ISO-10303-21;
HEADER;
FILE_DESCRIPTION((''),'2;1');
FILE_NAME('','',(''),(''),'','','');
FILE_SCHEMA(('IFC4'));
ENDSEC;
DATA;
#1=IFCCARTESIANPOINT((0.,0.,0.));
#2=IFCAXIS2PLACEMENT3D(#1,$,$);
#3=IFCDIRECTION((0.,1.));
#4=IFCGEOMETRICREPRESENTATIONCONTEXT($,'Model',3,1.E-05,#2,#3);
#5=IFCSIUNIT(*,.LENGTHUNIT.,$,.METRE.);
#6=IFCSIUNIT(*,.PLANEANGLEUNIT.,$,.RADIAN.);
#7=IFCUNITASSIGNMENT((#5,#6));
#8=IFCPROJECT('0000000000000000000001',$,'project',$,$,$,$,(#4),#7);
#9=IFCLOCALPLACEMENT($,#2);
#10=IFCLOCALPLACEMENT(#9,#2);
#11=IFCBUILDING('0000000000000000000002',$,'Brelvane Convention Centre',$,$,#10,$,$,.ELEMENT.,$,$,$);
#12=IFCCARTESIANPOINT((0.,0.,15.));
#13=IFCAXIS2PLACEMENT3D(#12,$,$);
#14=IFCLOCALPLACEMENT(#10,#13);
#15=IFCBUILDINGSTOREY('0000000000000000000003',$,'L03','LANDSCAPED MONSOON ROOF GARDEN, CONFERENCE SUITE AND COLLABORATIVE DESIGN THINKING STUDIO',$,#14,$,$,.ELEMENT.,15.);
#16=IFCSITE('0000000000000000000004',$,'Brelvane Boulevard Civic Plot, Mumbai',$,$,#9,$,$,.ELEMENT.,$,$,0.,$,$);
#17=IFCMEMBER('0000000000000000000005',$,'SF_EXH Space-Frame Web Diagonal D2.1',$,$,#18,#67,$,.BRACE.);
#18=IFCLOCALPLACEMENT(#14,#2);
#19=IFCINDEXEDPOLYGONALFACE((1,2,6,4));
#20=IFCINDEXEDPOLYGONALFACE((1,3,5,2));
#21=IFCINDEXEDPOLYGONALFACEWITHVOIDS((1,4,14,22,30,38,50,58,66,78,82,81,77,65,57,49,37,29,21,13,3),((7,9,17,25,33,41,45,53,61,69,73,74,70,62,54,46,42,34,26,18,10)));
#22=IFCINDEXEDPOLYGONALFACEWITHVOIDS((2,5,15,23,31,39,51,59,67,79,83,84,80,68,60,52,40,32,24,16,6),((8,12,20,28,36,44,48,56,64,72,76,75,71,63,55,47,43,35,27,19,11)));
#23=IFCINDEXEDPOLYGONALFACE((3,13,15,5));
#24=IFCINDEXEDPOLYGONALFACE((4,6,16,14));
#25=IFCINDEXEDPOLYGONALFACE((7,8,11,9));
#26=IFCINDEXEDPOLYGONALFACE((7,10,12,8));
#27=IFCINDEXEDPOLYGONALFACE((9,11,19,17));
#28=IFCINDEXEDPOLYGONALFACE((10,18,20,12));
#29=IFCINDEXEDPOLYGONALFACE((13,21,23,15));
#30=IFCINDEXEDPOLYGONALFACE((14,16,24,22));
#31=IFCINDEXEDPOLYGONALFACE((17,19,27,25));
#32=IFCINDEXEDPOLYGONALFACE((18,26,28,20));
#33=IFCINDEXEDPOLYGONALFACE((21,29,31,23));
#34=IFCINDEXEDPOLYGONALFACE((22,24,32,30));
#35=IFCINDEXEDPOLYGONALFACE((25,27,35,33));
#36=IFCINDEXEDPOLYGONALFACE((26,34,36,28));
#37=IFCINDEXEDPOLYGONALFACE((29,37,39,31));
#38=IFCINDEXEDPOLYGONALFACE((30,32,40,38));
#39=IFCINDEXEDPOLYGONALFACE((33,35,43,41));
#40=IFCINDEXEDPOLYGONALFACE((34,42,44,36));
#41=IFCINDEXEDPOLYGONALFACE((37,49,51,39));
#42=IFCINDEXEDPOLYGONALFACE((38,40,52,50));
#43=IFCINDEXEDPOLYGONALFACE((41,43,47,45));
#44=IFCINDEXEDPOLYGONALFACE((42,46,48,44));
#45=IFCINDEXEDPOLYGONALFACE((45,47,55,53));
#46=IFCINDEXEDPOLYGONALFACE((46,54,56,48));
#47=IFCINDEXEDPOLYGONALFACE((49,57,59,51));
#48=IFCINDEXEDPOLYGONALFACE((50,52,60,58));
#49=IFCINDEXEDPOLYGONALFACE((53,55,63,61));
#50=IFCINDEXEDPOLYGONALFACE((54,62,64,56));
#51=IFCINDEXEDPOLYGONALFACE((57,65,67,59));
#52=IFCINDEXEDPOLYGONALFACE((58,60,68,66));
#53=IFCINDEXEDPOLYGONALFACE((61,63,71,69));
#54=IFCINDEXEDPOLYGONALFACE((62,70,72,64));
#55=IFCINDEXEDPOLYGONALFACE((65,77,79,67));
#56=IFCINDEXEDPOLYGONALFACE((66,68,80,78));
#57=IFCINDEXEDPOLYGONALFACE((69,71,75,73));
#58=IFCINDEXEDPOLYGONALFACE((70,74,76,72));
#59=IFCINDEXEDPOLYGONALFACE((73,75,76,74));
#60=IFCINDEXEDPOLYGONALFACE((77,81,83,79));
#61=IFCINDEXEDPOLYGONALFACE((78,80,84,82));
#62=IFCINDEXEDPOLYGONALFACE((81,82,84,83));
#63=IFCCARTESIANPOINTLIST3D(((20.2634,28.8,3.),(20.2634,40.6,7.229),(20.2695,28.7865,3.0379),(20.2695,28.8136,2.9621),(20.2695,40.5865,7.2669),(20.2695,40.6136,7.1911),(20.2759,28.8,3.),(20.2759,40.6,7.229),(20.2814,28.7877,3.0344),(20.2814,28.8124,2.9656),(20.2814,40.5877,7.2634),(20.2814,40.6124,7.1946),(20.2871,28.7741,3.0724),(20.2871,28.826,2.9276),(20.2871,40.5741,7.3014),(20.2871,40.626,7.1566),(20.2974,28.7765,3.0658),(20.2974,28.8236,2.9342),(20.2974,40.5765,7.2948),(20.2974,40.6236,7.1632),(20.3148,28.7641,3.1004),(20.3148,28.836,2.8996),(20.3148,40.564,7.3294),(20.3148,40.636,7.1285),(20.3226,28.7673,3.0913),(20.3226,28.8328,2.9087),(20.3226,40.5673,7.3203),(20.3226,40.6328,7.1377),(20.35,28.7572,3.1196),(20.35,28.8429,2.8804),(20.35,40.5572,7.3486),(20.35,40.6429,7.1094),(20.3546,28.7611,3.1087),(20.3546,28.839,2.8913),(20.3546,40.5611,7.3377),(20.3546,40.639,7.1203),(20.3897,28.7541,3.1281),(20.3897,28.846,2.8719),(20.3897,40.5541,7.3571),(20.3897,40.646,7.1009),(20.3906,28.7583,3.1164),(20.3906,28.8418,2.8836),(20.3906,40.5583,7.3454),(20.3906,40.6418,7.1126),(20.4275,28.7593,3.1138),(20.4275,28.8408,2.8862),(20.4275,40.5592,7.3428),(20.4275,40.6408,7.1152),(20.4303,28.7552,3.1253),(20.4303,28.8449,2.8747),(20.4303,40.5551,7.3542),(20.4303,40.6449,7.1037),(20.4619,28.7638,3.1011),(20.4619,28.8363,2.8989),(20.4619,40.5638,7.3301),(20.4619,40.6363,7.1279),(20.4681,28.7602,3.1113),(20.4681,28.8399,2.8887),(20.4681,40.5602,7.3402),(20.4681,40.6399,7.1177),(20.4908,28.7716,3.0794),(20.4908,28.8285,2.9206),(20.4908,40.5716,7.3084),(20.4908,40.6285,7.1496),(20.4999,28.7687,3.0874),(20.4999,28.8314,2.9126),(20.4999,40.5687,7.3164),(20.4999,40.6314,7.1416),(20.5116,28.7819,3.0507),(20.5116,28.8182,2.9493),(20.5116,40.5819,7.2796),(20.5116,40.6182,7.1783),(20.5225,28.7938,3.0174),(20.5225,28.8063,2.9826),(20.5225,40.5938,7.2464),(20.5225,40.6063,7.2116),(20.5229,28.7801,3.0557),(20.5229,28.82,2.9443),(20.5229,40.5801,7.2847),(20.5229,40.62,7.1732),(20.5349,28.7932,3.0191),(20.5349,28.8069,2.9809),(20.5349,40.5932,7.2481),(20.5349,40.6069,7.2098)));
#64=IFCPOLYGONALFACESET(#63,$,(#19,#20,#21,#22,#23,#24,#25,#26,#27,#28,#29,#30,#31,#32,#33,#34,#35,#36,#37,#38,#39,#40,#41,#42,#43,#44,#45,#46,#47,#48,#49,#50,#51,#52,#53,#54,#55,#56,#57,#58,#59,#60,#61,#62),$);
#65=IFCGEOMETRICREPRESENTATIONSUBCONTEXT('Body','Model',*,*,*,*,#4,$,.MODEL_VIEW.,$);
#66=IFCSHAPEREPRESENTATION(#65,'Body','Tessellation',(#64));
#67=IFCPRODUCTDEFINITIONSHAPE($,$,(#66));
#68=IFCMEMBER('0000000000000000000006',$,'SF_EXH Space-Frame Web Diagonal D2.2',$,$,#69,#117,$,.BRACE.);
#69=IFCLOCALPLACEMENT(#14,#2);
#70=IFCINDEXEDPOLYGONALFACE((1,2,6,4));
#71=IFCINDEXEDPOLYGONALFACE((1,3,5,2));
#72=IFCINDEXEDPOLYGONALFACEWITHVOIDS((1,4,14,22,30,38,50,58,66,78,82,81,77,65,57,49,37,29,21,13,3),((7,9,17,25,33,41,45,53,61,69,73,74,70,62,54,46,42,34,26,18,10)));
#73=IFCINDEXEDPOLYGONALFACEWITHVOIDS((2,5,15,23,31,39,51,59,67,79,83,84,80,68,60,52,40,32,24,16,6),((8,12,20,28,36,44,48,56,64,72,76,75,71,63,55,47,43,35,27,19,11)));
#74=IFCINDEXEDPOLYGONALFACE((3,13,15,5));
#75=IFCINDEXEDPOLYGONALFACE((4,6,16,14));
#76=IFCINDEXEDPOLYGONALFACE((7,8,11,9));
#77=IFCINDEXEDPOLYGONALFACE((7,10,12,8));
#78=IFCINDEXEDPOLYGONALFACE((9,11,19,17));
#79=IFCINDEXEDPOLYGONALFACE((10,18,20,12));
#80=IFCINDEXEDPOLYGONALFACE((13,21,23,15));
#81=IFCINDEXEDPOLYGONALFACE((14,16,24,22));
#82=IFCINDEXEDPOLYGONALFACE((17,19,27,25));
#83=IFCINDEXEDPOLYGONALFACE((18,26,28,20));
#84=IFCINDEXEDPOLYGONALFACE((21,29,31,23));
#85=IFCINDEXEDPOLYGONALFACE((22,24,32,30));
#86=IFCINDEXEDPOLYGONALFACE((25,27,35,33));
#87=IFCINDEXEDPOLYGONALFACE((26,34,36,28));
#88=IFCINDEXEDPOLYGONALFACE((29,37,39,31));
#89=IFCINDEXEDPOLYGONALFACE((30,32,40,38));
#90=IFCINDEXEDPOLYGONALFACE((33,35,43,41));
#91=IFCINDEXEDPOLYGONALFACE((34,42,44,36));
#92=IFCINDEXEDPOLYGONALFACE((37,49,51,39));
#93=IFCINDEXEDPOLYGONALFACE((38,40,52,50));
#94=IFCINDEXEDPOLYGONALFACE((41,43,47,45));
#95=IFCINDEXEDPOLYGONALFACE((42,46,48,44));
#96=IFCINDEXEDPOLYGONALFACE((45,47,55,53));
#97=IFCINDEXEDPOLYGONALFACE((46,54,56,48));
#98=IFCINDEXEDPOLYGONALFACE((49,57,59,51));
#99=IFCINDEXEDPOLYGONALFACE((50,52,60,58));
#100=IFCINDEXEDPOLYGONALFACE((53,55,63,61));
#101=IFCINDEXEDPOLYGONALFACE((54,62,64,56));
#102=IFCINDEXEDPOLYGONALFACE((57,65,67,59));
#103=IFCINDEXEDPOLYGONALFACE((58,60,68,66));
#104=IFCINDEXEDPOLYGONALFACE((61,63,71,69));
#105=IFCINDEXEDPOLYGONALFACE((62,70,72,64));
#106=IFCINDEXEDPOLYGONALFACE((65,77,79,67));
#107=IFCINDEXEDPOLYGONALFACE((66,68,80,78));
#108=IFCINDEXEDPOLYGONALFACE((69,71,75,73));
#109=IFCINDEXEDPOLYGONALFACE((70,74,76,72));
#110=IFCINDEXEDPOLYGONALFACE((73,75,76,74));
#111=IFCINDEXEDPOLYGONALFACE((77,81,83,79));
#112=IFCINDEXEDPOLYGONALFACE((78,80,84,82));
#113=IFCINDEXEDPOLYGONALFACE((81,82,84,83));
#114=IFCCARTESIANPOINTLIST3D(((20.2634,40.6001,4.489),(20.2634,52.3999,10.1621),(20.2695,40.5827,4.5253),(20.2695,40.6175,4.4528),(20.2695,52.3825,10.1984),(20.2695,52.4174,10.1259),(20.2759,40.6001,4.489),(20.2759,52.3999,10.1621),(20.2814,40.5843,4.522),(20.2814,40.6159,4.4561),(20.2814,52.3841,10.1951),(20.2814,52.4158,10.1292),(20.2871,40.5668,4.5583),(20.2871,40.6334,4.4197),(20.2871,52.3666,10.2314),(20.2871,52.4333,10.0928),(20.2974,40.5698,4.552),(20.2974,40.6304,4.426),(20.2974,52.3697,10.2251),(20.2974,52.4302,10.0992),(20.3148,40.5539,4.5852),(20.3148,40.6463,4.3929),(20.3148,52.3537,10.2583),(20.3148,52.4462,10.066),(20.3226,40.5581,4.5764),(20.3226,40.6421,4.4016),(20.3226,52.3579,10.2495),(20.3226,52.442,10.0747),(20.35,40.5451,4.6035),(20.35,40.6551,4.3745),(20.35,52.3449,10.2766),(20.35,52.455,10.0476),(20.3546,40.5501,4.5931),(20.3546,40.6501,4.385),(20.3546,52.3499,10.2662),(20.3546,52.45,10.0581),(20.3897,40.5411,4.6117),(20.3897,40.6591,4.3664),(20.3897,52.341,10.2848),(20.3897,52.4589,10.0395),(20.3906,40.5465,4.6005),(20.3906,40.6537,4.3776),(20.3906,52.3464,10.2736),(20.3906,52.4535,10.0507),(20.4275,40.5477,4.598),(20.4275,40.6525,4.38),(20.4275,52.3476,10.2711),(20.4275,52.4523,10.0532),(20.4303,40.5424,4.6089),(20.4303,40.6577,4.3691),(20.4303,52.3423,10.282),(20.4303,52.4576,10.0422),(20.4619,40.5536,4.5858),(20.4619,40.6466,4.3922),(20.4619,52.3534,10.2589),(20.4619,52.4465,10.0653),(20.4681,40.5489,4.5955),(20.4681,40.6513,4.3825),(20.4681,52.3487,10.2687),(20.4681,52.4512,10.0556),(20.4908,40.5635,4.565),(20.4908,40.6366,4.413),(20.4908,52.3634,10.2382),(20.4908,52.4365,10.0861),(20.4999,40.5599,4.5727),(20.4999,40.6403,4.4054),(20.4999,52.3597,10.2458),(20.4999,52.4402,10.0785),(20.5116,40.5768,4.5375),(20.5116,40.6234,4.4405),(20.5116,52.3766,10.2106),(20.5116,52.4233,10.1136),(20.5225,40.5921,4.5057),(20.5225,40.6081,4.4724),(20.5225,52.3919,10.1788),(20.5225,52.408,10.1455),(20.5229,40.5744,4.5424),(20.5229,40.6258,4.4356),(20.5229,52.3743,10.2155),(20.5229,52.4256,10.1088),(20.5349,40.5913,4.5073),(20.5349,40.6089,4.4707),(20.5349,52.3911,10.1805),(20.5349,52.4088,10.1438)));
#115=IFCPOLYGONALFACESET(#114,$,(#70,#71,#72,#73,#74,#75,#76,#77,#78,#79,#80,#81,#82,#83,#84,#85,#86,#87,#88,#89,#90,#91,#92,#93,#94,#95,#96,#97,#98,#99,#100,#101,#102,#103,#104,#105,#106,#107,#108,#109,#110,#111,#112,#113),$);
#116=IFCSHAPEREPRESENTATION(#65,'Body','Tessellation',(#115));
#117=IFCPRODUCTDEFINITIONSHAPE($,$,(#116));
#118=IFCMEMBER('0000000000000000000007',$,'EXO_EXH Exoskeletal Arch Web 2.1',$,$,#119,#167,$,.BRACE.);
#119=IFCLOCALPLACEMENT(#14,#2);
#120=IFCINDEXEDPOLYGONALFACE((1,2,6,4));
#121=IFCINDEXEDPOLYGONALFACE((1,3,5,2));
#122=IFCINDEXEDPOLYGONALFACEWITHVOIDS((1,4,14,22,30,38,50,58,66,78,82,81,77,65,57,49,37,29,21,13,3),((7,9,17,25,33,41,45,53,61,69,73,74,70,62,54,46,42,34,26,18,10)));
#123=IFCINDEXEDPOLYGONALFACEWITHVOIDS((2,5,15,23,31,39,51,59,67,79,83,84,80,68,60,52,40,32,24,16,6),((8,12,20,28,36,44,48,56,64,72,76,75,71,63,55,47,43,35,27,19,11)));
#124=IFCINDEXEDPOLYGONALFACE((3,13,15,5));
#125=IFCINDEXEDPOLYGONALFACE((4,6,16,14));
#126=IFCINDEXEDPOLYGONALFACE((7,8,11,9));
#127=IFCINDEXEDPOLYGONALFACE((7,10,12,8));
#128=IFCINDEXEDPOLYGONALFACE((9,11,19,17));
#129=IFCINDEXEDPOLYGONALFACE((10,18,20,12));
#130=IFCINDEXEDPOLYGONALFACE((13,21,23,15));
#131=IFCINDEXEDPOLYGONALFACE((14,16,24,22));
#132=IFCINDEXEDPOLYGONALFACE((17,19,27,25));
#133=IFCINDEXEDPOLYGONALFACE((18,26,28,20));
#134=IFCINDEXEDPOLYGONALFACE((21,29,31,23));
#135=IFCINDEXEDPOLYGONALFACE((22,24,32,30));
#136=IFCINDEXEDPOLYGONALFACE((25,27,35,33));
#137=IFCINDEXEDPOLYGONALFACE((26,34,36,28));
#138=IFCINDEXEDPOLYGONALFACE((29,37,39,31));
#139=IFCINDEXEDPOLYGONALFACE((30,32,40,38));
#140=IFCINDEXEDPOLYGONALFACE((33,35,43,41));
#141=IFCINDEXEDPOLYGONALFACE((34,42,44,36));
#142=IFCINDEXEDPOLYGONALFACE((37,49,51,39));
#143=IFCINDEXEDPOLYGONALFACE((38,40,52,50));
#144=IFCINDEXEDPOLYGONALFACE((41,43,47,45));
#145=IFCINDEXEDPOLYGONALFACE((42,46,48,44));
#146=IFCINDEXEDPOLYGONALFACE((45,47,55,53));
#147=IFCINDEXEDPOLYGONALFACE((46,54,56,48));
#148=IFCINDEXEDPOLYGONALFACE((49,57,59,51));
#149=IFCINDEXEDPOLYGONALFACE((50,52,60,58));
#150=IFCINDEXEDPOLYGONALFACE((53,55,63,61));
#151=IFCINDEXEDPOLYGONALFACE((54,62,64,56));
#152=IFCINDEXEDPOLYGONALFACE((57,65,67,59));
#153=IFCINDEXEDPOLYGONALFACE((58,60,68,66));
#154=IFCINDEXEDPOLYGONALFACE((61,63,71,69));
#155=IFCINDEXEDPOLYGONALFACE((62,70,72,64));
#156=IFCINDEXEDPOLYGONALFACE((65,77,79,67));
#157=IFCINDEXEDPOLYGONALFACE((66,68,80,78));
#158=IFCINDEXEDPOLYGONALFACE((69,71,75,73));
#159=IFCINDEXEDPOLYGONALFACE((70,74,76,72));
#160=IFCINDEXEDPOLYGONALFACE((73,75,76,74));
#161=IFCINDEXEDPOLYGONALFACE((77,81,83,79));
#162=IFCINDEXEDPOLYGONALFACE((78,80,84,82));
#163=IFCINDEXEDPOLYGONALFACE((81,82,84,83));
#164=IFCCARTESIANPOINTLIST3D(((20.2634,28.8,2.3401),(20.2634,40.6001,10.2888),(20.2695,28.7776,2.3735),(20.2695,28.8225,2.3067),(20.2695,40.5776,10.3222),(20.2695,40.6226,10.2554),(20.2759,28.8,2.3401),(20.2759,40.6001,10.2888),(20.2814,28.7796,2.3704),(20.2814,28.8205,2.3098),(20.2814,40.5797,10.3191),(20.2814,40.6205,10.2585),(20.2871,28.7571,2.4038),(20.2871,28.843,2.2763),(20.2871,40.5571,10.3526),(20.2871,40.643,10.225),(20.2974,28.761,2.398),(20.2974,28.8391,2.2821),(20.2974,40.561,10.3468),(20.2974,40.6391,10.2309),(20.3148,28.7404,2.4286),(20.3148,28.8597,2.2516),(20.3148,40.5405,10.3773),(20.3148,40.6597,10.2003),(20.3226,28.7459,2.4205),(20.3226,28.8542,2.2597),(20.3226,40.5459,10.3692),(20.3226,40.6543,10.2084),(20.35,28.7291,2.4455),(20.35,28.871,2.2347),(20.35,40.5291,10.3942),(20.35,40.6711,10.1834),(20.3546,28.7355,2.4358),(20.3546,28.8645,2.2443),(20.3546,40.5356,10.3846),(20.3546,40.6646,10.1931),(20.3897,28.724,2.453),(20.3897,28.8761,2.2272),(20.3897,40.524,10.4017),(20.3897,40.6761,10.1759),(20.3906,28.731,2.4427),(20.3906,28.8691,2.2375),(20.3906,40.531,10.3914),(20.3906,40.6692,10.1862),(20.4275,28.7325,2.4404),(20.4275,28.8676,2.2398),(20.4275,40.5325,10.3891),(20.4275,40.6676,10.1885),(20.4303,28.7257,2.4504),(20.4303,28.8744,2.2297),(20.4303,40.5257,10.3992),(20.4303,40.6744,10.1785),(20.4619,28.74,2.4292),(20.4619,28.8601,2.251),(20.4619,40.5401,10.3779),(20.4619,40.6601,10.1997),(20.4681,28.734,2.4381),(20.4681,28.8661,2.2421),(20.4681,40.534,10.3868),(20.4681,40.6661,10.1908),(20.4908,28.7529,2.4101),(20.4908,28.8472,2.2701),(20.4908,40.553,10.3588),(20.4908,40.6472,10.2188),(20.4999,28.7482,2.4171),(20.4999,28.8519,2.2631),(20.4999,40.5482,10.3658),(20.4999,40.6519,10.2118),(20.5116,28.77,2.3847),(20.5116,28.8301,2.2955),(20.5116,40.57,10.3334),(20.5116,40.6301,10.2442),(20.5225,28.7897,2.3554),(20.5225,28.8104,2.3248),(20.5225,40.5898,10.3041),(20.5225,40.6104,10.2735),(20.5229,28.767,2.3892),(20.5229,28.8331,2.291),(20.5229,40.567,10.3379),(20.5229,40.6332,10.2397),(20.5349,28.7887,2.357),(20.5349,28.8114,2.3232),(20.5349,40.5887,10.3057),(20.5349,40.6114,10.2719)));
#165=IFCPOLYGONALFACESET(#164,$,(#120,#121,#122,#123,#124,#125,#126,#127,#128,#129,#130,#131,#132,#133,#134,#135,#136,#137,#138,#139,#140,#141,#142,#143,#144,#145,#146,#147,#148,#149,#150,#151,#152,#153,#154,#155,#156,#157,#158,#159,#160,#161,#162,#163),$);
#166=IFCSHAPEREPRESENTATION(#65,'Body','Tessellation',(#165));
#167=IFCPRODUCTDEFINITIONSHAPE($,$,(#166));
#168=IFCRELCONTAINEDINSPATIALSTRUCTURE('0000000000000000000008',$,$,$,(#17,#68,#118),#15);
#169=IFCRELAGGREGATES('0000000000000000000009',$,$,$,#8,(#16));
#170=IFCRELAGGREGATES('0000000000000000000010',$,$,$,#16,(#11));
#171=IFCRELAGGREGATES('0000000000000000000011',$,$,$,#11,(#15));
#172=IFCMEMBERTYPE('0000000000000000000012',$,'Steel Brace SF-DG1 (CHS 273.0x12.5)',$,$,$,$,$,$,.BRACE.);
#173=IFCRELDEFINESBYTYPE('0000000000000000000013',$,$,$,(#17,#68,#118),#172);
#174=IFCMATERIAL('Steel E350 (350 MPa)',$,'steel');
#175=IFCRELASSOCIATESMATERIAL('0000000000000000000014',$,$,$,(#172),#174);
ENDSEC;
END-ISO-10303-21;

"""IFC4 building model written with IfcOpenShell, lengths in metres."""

from ifc_helpers import new_model, si_unit, direction, frame, origin, origin_2d, place, context, subcontext, project, spatial, hollow_circle, extrude, material, material_profile, profile_set, type_object, element, save


model = new_model("IFC4")

# Units and contexts
model_context = context("Model", 3, precision=1e-05, world=origin(), true_north=direction((0.0, 1.0)))
body_context = subcontext(model_context, "Body", "Model", "MODEL_VIEW")
ifc_project = project(units=[si_unit("LENGTHUNIT", "METRE"), si_unit("PLANEANGLEUNIT", "RADIAN")], contexts=[model_context])

# Site, building, storey
site_placement = place(None, origin())
site = spatial("IfcSite", under=ifc_project, at=site_placement, Name="Brelvane Boulevard Civic Plot, Mumbai", CompositionType="ELEMENT", RefElevation=0.0)
building_placement = place(site_placement, origin())
building = spatial("IfcBuilding", under=site, at=building_placement, Name="Brelvane Convention Centre", CompositionType="ELEMENT")
storey_placement = place(building_placement, frame((0.0, 0.0, 15.0)))
storey = spatial("IfcBuildingStorey", under=building, at=storey_placement, Name="L03", Description="LANDSCAPED MONSOON ROOF GARDEN, CONFERENCE SUITE AND COLLABORATIVE DESIGN THINKING STUDIO", CompositionType="ELEMENT", Elevation=15.0)

# Members
ifc_material_1 = material(Name="Steel E350 (350 MPa)", Category="steel")
ifc_material_profile_1 = material_profile(ifc_material_1, hollow_circle(Radius=0.1365, WallThickness=0.0125, at=origin_2d()), Name="CHS 273.0x12.5")
ifc_profile_set_1 = profile_set([ifc_material_profile_1], Name="Steel E350 (350 MPa)")
member_type_1 = type_object("IfcMemberType", Name="Steel Brace SF-DG1 (CHS 273.0x12.5)", PredefinedType="BRACE", material=ifc_profile_set_1)
member_1_placement = place(storey_placement, frame((20.3999, 28.8, 3.0), z_axis=(0.0, 0.94137, 0.337376), x_axis=(-1.0, 0.0, 0.0)))
element("IfcMember", 1, at=member_1_placement, inside=storey, type_object=member_type_1, Name="SF_EXH Space-Frame Web Diagonal D2.1", PredefinedType="BRACE", context=body_context, shape_type="SweptSolid", body=[
    extrude(hollow_circle(Radius=0.1365, WallThickness=0.0125, at=origin_2d()), origin(), (0.0, 0.0, 1.0), 12.5349),
])
member_2_placement = place(storey_placement, frame((20.3999, 40.6001, 4.489), z_axis=(0.0, 0.901249, 0.433301), x_axis=(-1.0, 0.0, 0.0)))
element("IfcMember", 2, at=member_2_placement, inside=storey, type_object=member_type_1, Name="SF_EXH Space-Frame Web Diagonal D2.2", PredefinedType="BRACE", context=body_context, shape_type="SweptSolid", body=[
    extrude(hollow_circle(Radius=0.1365, WallThickness=0.0125, at=origin_2d()), origin(), (0.0, 0.0, 1.0), 13.0928),
])
member_3_placement = place(storey_placement, frame((20.3999, 28.8, 2.3401), z_axis=(0.0, 0.82938, 0.558685), x_axis=(-1.0, 0.0, 0.0)))
element("IfcMember", 3, at=member_3_placement, inside=storey, type_object=member_type_1, Name="EXO_EXH Exoskeletal Arch Web 2.1", PredefinedType="BRACE", context=body_context, shape_type="SweptSolid", body=[
    extrude(hollow_circle(Radius=0.1365, WallThickness=0.0125, at=origin_2d()), origin(), (0.0, 0.0, 1.0), 14.2275),
])

save(model, "model.ifc")
